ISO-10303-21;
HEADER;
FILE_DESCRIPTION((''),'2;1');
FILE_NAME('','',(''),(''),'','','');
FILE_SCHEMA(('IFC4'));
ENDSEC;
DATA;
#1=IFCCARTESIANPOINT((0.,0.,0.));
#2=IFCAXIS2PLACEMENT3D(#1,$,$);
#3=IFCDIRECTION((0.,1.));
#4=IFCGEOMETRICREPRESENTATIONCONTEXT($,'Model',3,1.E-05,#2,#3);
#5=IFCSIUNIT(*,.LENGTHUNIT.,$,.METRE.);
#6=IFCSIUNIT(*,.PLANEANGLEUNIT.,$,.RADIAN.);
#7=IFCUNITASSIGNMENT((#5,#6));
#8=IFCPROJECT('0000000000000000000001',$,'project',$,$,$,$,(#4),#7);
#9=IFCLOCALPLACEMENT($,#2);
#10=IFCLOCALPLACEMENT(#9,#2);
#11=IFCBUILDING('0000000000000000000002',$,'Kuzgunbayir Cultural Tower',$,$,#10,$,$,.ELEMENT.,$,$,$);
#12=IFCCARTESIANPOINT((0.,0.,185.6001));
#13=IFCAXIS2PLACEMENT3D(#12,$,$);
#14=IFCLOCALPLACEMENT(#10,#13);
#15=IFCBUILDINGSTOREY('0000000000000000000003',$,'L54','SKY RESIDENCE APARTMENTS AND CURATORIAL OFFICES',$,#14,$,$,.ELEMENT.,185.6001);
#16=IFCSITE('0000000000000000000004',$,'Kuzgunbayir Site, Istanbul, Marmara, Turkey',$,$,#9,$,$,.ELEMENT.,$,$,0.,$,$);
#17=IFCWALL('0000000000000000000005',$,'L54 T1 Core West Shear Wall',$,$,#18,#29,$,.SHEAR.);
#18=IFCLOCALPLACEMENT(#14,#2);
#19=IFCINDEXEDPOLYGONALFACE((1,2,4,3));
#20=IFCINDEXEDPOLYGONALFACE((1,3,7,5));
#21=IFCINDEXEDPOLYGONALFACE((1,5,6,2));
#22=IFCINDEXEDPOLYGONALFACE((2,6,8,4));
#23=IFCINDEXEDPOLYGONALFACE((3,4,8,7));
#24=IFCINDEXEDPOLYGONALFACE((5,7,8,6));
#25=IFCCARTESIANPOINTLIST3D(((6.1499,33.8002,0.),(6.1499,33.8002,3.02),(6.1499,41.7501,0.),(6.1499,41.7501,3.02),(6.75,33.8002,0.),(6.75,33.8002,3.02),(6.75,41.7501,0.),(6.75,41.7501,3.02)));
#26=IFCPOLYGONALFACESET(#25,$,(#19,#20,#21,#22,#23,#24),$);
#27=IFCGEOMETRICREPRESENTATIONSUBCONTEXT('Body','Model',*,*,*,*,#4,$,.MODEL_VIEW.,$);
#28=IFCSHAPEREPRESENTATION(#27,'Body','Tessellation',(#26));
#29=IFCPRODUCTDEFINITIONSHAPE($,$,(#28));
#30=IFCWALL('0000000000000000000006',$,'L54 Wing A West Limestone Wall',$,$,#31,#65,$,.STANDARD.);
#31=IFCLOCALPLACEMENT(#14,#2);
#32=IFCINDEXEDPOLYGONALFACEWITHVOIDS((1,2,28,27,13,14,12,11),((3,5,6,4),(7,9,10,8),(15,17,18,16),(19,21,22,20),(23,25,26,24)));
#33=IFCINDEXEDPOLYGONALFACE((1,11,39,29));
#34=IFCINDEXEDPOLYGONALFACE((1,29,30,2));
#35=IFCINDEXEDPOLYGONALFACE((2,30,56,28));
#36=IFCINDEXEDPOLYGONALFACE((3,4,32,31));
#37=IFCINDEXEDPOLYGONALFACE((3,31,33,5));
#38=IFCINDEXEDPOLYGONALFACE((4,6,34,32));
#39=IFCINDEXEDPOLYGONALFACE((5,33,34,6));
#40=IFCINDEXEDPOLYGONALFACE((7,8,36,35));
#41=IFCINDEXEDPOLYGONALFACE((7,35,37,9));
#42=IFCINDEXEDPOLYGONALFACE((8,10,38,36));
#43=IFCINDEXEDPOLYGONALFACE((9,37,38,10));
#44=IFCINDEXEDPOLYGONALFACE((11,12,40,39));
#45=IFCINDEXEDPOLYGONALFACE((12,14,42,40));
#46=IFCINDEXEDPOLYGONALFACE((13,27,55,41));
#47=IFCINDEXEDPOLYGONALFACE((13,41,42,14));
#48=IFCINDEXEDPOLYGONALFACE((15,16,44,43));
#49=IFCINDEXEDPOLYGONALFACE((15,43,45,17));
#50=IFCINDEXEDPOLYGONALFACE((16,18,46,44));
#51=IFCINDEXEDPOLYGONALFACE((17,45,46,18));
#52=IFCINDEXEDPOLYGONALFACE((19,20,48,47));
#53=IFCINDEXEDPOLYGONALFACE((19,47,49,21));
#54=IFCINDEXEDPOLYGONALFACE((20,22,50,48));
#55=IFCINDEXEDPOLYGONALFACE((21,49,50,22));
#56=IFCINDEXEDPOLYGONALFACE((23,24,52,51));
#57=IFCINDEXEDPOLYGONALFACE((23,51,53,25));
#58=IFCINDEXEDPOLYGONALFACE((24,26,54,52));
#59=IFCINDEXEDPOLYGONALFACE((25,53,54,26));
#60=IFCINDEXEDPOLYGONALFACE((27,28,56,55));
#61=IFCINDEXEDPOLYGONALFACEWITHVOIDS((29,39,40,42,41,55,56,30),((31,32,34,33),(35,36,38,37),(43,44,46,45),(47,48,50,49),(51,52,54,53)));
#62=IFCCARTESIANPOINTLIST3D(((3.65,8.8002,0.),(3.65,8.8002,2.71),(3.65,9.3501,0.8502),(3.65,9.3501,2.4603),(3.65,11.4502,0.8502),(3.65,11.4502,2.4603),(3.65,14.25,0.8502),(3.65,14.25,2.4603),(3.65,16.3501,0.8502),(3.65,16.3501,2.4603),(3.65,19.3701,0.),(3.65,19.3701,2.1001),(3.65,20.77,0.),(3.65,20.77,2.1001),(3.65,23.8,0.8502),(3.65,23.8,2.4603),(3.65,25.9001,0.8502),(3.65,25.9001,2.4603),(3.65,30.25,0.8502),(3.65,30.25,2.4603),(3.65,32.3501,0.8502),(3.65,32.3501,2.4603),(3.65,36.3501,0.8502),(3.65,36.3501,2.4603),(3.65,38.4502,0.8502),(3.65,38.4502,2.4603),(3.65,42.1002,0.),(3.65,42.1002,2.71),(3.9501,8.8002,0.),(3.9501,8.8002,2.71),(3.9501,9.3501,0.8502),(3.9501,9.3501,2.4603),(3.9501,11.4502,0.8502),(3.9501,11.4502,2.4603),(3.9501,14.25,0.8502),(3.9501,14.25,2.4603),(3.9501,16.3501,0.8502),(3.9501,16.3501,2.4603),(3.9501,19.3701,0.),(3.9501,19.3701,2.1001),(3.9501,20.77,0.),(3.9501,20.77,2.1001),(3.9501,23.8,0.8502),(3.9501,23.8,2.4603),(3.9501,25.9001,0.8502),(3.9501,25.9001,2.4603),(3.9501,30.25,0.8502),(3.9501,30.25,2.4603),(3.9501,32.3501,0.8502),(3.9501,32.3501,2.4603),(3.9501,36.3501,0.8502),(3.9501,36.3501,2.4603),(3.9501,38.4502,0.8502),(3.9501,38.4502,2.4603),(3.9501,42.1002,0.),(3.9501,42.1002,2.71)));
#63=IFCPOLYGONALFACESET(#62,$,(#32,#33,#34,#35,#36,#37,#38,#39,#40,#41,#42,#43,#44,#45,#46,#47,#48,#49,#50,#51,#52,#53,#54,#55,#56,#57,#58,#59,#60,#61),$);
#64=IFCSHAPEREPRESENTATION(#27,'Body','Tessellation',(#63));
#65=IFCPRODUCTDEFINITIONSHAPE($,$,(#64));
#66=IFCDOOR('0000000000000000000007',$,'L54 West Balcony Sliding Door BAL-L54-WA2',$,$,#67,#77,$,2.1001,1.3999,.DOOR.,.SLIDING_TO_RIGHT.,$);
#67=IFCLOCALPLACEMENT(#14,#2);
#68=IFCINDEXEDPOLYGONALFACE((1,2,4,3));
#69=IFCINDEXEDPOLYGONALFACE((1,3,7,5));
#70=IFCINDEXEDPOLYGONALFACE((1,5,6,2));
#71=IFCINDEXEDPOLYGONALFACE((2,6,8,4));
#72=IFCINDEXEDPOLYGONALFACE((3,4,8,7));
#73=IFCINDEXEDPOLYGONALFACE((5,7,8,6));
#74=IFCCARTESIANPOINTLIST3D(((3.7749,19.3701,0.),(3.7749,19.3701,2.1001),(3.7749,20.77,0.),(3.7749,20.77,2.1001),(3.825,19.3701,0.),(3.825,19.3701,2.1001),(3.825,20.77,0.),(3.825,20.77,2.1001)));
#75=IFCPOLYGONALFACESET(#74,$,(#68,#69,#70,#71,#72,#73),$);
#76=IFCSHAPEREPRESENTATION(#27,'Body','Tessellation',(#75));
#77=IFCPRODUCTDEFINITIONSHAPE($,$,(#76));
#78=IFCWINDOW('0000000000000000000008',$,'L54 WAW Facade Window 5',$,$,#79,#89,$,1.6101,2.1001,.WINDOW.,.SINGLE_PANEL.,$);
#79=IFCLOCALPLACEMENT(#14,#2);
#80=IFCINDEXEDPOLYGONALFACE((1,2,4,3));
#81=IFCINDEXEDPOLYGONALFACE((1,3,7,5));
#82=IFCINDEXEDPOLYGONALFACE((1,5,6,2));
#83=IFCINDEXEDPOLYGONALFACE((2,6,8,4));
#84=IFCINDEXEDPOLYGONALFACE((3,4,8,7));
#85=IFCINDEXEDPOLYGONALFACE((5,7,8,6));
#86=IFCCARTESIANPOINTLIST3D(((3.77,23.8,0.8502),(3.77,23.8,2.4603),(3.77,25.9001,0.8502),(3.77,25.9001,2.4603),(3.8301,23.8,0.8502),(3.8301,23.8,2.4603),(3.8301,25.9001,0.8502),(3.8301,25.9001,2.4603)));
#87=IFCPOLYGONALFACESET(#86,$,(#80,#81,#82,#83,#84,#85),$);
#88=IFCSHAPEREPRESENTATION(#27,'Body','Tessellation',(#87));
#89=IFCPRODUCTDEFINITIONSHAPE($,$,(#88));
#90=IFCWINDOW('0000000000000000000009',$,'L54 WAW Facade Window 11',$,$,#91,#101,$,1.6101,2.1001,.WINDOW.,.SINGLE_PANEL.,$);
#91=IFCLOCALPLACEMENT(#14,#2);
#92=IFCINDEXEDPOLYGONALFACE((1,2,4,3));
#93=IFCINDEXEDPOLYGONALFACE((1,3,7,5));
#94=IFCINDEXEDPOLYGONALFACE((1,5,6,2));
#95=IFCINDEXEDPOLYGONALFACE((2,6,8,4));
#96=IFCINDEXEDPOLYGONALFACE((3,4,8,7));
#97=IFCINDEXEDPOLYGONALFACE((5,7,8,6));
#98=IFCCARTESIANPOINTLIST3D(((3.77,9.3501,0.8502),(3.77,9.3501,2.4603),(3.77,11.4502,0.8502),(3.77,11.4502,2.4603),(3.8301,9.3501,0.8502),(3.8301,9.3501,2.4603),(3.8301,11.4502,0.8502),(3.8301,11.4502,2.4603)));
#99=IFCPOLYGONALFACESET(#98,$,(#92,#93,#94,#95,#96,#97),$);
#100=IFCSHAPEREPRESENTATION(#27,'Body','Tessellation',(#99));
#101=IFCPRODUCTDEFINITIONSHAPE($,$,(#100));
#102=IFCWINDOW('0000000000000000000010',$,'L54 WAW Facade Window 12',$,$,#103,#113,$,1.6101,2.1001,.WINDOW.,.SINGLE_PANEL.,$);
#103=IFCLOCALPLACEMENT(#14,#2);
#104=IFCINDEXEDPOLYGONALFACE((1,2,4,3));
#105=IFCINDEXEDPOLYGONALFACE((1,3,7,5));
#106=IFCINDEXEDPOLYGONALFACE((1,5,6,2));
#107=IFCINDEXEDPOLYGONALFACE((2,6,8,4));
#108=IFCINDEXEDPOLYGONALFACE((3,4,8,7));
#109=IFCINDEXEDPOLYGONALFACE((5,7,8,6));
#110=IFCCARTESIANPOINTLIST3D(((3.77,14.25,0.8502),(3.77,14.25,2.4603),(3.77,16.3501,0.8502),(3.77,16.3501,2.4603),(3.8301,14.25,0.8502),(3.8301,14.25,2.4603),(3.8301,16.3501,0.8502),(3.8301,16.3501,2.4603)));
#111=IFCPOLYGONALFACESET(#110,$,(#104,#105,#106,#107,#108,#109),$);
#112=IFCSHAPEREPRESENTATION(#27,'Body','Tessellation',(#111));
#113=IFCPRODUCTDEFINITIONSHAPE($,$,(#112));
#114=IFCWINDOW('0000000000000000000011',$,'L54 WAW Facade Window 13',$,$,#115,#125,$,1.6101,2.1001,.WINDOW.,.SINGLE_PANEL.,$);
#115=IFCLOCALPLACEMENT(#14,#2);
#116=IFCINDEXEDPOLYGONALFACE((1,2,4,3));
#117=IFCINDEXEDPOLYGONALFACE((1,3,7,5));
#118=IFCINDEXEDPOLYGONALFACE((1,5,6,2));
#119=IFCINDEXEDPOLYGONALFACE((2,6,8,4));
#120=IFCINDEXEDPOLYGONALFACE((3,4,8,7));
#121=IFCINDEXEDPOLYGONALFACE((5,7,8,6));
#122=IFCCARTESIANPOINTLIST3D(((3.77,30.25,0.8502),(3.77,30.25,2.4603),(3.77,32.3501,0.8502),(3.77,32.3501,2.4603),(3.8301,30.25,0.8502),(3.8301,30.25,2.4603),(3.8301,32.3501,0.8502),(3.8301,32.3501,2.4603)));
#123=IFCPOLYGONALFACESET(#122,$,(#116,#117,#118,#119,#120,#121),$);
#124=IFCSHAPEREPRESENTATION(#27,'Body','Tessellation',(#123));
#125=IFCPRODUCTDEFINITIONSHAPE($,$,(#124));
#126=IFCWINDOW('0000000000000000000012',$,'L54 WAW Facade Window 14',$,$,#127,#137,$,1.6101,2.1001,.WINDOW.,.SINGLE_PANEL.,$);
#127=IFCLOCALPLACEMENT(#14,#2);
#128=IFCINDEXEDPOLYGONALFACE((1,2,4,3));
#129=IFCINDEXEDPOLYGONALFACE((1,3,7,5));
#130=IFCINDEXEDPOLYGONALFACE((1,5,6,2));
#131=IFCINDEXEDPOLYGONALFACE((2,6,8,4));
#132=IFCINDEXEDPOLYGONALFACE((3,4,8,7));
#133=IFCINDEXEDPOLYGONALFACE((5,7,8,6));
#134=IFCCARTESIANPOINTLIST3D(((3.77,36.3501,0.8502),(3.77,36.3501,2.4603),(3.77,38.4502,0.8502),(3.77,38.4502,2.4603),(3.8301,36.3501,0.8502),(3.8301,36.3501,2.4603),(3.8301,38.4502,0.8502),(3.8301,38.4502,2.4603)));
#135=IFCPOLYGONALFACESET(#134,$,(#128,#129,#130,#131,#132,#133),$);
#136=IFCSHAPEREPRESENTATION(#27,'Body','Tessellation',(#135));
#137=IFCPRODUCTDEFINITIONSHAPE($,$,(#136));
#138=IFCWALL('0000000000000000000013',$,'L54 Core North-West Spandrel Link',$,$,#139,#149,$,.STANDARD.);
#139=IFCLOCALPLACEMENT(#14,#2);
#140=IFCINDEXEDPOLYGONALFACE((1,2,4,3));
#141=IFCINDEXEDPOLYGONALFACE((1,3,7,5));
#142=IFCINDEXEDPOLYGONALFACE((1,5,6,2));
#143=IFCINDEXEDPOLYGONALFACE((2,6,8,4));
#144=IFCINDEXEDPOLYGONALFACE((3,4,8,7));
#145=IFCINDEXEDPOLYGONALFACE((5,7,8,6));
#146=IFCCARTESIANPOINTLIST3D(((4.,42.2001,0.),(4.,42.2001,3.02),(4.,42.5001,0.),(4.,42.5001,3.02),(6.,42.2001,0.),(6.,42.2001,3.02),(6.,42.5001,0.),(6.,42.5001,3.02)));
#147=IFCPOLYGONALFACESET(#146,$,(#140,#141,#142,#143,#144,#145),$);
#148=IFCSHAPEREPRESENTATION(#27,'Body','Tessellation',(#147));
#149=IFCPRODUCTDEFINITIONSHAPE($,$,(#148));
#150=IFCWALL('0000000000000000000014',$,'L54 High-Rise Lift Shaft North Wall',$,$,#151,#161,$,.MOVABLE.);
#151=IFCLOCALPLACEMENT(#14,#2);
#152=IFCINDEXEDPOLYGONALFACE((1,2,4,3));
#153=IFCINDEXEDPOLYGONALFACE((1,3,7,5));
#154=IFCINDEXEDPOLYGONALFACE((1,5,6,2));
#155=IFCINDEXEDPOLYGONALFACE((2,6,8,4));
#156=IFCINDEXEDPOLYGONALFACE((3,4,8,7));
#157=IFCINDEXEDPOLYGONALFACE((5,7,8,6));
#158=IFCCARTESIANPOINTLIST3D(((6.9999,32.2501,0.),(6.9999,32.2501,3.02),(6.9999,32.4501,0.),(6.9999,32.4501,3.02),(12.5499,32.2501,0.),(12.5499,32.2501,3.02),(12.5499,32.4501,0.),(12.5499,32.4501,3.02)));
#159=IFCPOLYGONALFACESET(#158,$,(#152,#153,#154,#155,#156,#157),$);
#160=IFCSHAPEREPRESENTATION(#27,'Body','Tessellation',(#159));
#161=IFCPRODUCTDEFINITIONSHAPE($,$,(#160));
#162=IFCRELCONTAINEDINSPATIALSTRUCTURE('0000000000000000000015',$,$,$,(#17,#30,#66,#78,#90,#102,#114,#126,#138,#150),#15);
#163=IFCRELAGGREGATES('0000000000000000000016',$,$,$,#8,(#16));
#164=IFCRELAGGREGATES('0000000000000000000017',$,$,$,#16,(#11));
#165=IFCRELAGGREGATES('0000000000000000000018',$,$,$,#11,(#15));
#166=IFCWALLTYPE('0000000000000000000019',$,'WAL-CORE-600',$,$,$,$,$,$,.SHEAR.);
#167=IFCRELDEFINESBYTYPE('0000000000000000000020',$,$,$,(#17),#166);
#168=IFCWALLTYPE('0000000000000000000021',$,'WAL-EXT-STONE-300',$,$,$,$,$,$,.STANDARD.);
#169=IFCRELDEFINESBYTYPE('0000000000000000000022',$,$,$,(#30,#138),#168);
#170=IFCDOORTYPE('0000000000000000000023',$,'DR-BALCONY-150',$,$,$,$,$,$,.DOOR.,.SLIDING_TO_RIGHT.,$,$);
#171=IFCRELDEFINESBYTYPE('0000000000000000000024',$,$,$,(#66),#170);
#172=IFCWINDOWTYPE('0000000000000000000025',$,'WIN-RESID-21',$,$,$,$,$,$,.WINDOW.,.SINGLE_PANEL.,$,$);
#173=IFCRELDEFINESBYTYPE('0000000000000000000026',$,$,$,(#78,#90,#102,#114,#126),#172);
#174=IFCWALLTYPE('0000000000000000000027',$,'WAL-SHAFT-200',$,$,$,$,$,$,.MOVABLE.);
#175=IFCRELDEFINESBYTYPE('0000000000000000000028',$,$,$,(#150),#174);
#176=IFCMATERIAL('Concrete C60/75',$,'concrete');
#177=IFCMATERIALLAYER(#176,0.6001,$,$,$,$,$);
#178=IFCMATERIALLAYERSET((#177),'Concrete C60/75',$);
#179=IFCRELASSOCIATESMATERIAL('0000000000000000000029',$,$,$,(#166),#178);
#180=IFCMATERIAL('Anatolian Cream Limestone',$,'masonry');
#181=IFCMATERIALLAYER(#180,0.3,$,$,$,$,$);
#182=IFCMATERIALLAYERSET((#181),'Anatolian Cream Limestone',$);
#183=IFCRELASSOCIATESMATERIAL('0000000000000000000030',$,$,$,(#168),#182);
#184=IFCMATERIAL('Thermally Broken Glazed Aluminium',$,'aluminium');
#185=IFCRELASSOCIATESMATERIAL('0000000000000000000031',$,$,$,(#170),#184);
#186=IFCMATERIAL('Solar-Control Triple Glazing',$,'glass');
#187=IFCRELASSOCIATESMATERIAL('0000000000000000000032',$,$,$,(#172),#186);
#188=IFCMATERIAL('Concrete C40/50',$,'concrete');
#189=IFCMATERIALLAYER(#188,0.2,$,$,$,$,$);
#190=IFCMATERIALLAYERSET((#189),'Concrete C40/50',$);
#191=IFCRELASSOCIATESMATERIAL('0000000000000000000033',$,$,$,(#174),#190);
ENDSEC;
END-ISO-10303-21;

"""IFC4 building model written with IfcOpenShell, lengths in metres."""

from ifc_helpers import new_model, si_unit, direction, frame, frame_2d, origin, place, context, subcontext, project, spatial, rectangle, extrude, material, layer, layer_set, type_object, element, fill, save


model = new_model("IFC4")

# Units and contexts
model_context = context("Model", 3, precision=1e-05, world=origin(), true_north=direction((0.0, 1.0)))
body_context = subcontext(model_context, "Body", "Model", "MODEL_VIEW")
ifc_project = project(units=[si_unit("LENGTHUNIT", "METRE"), si_unit("PLANEANGLEUNIT", "RADIAN")], contexts=[model_context])

# Site, building, storey
site_placement = place(None, origin())
site = spatial("IfcSite", under=ifc_project, at=site_placement, Name="Kuzgunbayir Site, Istanbul, Marmara, Turkey", CompositionType="ELEMENT", RefElevation=0.0)
building_placement = place(site_placement, origin())
building = spatial("IfcBuilding", under=site, at=building_placement, Name="Kuzgunbayir Cultural Tower", CompositionType="ELEMENT")
storey_placement = place(building_placement, frame((0.0, 0.0, 185.6001)))
storey = spatial("IfcBuildingStorey", under=building, at=storey_placement, Name="L54", Description="SKY RESIDENCE APARTMENTS AND CURATORIAL OFFICES", CompositionType="ELEMENT", Elevation=185.6001)

# Wall
ifc_material_1 = material(Name="Concrete C60/75", Category="concrete")
ifc_layer_1 = layer(ifc_material_1, 0.6001)
ifc_layer_set_1 = layer_set([ifc_layer_1], Name="Concrete C60/75")
wall_type_1 = type_object("IfcWallType", Name="WAL-CORE-600", PredefinedType="SHEAR", material=ifc_layer_set_1)
wall_1_placement = place(storey_placement, frame((6.45, 33.8, 0.0), z_axis=(0.0, 0.0, 1.0), x_axis=(0.0, 1.0, 0.0)))
element("IfcWall", 1, at=wall_1_placement, inside=storey, type_object=wall_type_1, Name="L54 T1 Core West Shear Wall", PredefinedType="SHEAR", context=body_context, shape_type="SweptSolid", body=[
    extrude(rectangle(XDim=7.95, YDim=0.6001, at=frame_2d((3.9751, 0.0))), origin(), (0.0, 0.0, 1.0), 3.02),
])

# Wall, openings, door, windows
ifc_material_2 = material(Name="Anatolian Cream Limestone", Category="masonry")
ifc_layer_2 = layer(ifc_material_2, 0.3)
ifc_layer_set_2 = layer_set([ifc_layer_2], Name="Anatolian Cream Limestone")
wall_type_2 = type_object("IfcWallType", Name="WAL-EXT-STONE-300", PredefinedType="STANDARD", material=ifc_layer_set_2)
wall_2_placement = place(storey_placement, frame((3.8, 42.1001, 0.0), z_axis=(0.0, 0.0, 1.0), x_axis=(0.0, -1.0, 0.0)))
wall_2 = element("IfcWall", 2, at=wall_2_placement, inside=storey, type_object=wall_type_2, Name="L54 Wing A West Limestone Wall", PredefinedType="STANDARD", context=body_context, shape_type="SweptSolid", body=[
    extrude(rectangle(XDim=33.3, YDim=0.3, at=frame_2d((16.6499, 0.0))), origin(), (0.0, 0.0, 1.0), 2.71),
])
opening_1_placement = place(wall_2_placement, frame((21.3301, 0.0, 0.0)))
opening_1 = element("IfcOpeningElement", 3, at=opening_1_placement, cuts=wall_2, PredefinedType="OPENING", context=body_context, shape_type="SweptSolid", body=[
    extrude(rectangle(XDim=1.3999, YDim=2.1001, at=frame_2d((0.7, 1.05))), frame((0.0, 0.1602, 0.0), z_axis=(0.0, -1.0, 0.0), x_axis=(1.0, 0.0, 0.0)), (0.0, 0.0, 1.0), 0.3201),
])
opening_2_placement = place(wall_2_placement, frame((16.2, 0.0, 0.8501)))
opening_2 = element("IfcOpeningElement", 4, at=opening_2_placement, cuts=wall_2, PredefinedType="OPENING", context=body_context, shape_type="SweptSolid", body=[
    extrude(rectangle(XDim=2.1001, YDim=1.6101, at=frame_2d((1.05, 0.8052))), frame((0.0, 0.1602, 0.0), z_axis=(0.0, -1.0, 0.0), x_axis=(1.0, 0.0, 0.0)), (0.0, 0.0, 1.0), 0.3201),
])
opening_3_placement = place(wall_2_placement, frame((30.6499, 0.0, 0.8501)))
opening_3 = element("IfcOpeningElement", 5, at=opening_3_placement, cuts=wall_2, PredefinedType="OPENING", context=body_context, shape_type="SweptSolid", body=[
    extrude(rectangle(XDim=2.1001, YDim=1.6101, at=frame_2d((1.05, 0.8052))), frame((0.0, 0.1602, 0.0), z_axis=(0.0, -1.0, 0.0), x_axis=(1.0, 0.0, 0.0)), (0.0, 0.0, 1.0), 0.3201),
])
opening_4_placement = place(wall_2_placement, frame((25.75, 0.0, 0.8501)))
opening_4 = element("IfcOpeningElement", 6, at=opening_4_placement, cuts=wall_2, PredefinedType="OPENING", context=body_context, shape_type="SweptSolid", body=[
    extrude(rectangle(XDim=2.1001, YDim=1.6101, at=frame_2d((1.05, 0.8052))), frame((0.0, 0.1602, 0.0), z_axis=(0.0, -1.0, 0.0), x_axis=(1.0, 0.0, 0.0)), (0.0, 0.0, 1.0), 0.3201),
])
opening_5_placement = place(wall_2_placement, frame((9.75, 0.0, 0.8501)))
opening_5 = element("IfcOpeningElement", 7, at=opening_5_placement, cuts=wall_2, PredefinedType="OPENING", context=body_context, shape_type="SweptSolid", body=[
    extrude(rectangle(XDim=2.1001, YDim=1.6101, at=frame_2d((1.05, 0.8052))), frame((0.0, 0.1602, 0.0), z_axis=(0.0, -1.0, 0.0), x_axis=(1.0, 0.0, 0.0)), (0.0, 0.0, 1.0), 0.3201),
])
opening_6_placement = place(wall_2_placement, frame((3.6499, 0.0, 0.8501)))
opening_6 = element("IfcOpeningElement", 8, at=opening_6_placement, cuts=wall_2, PredefinedType="OPENING", context=body_context, shape_type="SweptSolid", body=[
    extrude(rectangle(XDim=2.1001, YDim=1.6101, at=frame_2d((1.05, 0.8052))), frame((0.0, 0.1602, 0.0), z_axis=(0.0, -1.0, 0.0), x_axis=(1.0, 0.0, 0.0)), (0.0, 0.0, 1.0), 0.3201),
])
ifc_material_3 = material(Name="Thermally Broken Glazed Aluminium", Category="aluminium")
door_type_1 = type_object("IfcDoorType", Name="DR-BALCONY-150", OperationType="SLIDING_TO_RIGHT", PredefinedType="DOOR", material=ifc_material_3)
door_1_placement = place(opening_1_placement, origin())
door_1 = element("IfcDoor", 9, at=door_1_placement, inside=storey, type_object=door_type_1, Name="L54 West Balcony Sliding Door BAL-L54-WA2", OperationType="SLIDING_TO_RIGHT", OverallHeight=2.1001, OverallWidth=1.3999, PredefinedType="DOOR", context=body_context, shape_type="SweptSolid", body=[
    extrude(rectangle(XDim=1.3999, YDim=2.1001, at=frame_2d((0.7, 1.05))), frame((0.0, 0.0249, 0.0), z_axis=(0.0, -1.0, 0.0), x_axis=(1.0, 0.0, 0.0)), (0.0, 0.0, 1.0), 0.05),
])
fill(opening_1, door_1)
ifc_material_4 = material(Name="Solar-Control Triple Glazing", Category="glass")
window_type = type_object("IfcWindowType", Name="WIN-RESID-21", PartitioningType="SINGLE_PANEL", PredefinedType="WINDOW", material=ifc_material_4)
window_1_placement = place(opening_2_placement, origin())
window_1 = element("IfcWindow", 10, at=window_1_placement, inside=storey, type_object=window_type, Name="L54 WAW Facade Window 5", OverallHeight=1.6101, OverallWidth=2.1001, PartitioningType="SINGLE_PANEL", PredefinedType="WINDOW", context=body_context, shape_type="SweptSolid", body=[
    extrude(rectangle(XDim=2.1001, YDim=1.6101, at=frame_2d((1.05, 0.8052))), frame((0.0, 0.03, 0.0), z_axis=(0.0, -1.0, 0.0), x_axis=(1.0, 0.0, 0.0)), (0.0, 0.0, 1.0), 0.0601),
])
fill(opening_2, window_1)
window_2_placement = place(opening_3_placement, origin())
window_2 = element("IfcWindow", 11, at=window_2_placement, inside=storey, type_object=window_type, Name="L54 WAW Facade Window 11", OverallHeight=1.6101, OverallWidth=2.1001, PartitioningType="SINGLE_PANEL", PredefinedType="WINDOW", context=body_context, shape_type="SweptSolid", body=[
    extrude(rectangle(XDim=2.1001, YDim=1.6101, at=frame_2d((1.05, 0.8052))), frame((0.0, 0.03, 0.0), z_axis=(0.0, -1.0, 0.0), x_axis=(1.0, 0.0, 0.0)), (0.0, 0.0, 1.0), 0.0601),
])
fill(opening_3, window_2)
window_3_placement = place(opening_4_placement, origin())
window_3 = element("IfcWindow", 12, at=window_3_placement, inside=storey, type_object=window_type, Name="L54 WAW Facade Window 12", OverallHeight=1.6101, OverallWidth=2.1001, PartitioningType="SINGLE_PANEL", PredefinedType="WINDOW", context=body_context, shape_type="SweptSolid", body=[
    extrude(rectangle(XDim=2.1001, YDim=1.6101, at=frame_2d((1.05, 0.8052))), frame((0.0, 0.03, 0.0), z_axis=(0.0, -1.0, 0.0), x_axis=(1.0, 0.0, 0.0)), (0.0, 0.0, 1.0), 0.0601),
])
fill(opening_4, window_3)
window_4_placement = place(opening_5_placement, origin())
window_4 = element("IfcWindow", 13, at=window_4_placement, inside=storey, type_object=window_type, Name="L54 WAW Facade Window 13", OverallHeight=1.6101, OverallWidth=2.1001, PartitioningType="SINGLE_PANEL", PredefinedType="WINDOW", context=body_context, shape_type="SweptSolid", body=[
    extrude(rectangle(XDim=2.1001, YDim=1.6101, at=frame_2d((1.05, 0.8052))), frame((0.0, 0.03, 0.0), z_axis=(0.0, -1.0, 0.0), x_axis=(1.0, 0.0, 0.0)), (0.0, 0.0, 1.0), 0.0601),
])
fill(opening_5, window_4)
window_5_placement = place(opening_6_placement, origin())
window_5 = element("IfcWindow", 14, at=window_5_placement, inside=storey, type_object=window_type, Name="L54 WAW Facade Window 14", OverallHeight=1.6101, OverallWidth=2.1001, PartitioningType="SINGLE_PANEL", PredefinedType="WINDOW", context=body_context, shape_type="SweptSolid", body=[
    extrude(rectangle(XDim=2.1001, YDim=1.6101, at=frame_2d((1.05, 0.8052))), frame((0.0, 0.03, 0.0), z_axis=(0.0, -1.0, 0.0), x_axis=(1.0, 0.0, 0.0)), (0.0, 0.0, 1.0), 0.0601),
])
fill(opening_6, window_5)

# Wall
wall_3_placement = place(storey_placement, frame((6.0, 42.3501, 0.0), z_axis=(0.0, 0.0, 1.0), x_axis=(-1.0, 0.0, 0.0)))
element("IfcWall", 15, at=wall_3_placement, inside=storey, type_object=wall_type_2, Name="L54 Core North-West Spandrel Link", PredefinedType="STANDARD", context=body_context, shape_type="SweptSolid", body=[
    extrude(rectangle(XDim=2.0, YDim=0.3, at=frame_2d((1.0, 0.0))), origin(), (0.0, 0.0, 1.0), 3.02),
])

# Shared definitions
ifc_material_5 = material(Name="Concrete C40/50", Category="concrete")
ifc_layer_3 = layer(ifc_material_5, 0.2)
ifc_layer_set_3 = layer_set([ifc_layer_3], Name="Concrete C40/50")
wall_type_3 = type_object("IfcWallType", Name="WAL-SHAFT-200", PredefinedType="MOVABLE", material=ifc_layer_set_3)

# Wall
wall_4_placement = place(storey_placement, frame((7.0, 32.3501, 0.0), z_axis=(0.0, 0.0, 1.0), x_axis=(1.0, 0.0, 0.0)))
element("IfcWall", 16, at=wall_4_placement, inside=storey, type_object=wall_type_3, Name="L54 High-Rise Lift Shaft North Wall", PredefinedType="MOVABLE", context=body_context, shape_type="SweptSolid", body=[
    extrude(rectangle(XDim=5.55, YDim=0.2, at=frame_2d((2.7749, 0.0))), origin(), (0.0, 0.0, 1.0), 3.02),
])

save(model, "model.ifc")
